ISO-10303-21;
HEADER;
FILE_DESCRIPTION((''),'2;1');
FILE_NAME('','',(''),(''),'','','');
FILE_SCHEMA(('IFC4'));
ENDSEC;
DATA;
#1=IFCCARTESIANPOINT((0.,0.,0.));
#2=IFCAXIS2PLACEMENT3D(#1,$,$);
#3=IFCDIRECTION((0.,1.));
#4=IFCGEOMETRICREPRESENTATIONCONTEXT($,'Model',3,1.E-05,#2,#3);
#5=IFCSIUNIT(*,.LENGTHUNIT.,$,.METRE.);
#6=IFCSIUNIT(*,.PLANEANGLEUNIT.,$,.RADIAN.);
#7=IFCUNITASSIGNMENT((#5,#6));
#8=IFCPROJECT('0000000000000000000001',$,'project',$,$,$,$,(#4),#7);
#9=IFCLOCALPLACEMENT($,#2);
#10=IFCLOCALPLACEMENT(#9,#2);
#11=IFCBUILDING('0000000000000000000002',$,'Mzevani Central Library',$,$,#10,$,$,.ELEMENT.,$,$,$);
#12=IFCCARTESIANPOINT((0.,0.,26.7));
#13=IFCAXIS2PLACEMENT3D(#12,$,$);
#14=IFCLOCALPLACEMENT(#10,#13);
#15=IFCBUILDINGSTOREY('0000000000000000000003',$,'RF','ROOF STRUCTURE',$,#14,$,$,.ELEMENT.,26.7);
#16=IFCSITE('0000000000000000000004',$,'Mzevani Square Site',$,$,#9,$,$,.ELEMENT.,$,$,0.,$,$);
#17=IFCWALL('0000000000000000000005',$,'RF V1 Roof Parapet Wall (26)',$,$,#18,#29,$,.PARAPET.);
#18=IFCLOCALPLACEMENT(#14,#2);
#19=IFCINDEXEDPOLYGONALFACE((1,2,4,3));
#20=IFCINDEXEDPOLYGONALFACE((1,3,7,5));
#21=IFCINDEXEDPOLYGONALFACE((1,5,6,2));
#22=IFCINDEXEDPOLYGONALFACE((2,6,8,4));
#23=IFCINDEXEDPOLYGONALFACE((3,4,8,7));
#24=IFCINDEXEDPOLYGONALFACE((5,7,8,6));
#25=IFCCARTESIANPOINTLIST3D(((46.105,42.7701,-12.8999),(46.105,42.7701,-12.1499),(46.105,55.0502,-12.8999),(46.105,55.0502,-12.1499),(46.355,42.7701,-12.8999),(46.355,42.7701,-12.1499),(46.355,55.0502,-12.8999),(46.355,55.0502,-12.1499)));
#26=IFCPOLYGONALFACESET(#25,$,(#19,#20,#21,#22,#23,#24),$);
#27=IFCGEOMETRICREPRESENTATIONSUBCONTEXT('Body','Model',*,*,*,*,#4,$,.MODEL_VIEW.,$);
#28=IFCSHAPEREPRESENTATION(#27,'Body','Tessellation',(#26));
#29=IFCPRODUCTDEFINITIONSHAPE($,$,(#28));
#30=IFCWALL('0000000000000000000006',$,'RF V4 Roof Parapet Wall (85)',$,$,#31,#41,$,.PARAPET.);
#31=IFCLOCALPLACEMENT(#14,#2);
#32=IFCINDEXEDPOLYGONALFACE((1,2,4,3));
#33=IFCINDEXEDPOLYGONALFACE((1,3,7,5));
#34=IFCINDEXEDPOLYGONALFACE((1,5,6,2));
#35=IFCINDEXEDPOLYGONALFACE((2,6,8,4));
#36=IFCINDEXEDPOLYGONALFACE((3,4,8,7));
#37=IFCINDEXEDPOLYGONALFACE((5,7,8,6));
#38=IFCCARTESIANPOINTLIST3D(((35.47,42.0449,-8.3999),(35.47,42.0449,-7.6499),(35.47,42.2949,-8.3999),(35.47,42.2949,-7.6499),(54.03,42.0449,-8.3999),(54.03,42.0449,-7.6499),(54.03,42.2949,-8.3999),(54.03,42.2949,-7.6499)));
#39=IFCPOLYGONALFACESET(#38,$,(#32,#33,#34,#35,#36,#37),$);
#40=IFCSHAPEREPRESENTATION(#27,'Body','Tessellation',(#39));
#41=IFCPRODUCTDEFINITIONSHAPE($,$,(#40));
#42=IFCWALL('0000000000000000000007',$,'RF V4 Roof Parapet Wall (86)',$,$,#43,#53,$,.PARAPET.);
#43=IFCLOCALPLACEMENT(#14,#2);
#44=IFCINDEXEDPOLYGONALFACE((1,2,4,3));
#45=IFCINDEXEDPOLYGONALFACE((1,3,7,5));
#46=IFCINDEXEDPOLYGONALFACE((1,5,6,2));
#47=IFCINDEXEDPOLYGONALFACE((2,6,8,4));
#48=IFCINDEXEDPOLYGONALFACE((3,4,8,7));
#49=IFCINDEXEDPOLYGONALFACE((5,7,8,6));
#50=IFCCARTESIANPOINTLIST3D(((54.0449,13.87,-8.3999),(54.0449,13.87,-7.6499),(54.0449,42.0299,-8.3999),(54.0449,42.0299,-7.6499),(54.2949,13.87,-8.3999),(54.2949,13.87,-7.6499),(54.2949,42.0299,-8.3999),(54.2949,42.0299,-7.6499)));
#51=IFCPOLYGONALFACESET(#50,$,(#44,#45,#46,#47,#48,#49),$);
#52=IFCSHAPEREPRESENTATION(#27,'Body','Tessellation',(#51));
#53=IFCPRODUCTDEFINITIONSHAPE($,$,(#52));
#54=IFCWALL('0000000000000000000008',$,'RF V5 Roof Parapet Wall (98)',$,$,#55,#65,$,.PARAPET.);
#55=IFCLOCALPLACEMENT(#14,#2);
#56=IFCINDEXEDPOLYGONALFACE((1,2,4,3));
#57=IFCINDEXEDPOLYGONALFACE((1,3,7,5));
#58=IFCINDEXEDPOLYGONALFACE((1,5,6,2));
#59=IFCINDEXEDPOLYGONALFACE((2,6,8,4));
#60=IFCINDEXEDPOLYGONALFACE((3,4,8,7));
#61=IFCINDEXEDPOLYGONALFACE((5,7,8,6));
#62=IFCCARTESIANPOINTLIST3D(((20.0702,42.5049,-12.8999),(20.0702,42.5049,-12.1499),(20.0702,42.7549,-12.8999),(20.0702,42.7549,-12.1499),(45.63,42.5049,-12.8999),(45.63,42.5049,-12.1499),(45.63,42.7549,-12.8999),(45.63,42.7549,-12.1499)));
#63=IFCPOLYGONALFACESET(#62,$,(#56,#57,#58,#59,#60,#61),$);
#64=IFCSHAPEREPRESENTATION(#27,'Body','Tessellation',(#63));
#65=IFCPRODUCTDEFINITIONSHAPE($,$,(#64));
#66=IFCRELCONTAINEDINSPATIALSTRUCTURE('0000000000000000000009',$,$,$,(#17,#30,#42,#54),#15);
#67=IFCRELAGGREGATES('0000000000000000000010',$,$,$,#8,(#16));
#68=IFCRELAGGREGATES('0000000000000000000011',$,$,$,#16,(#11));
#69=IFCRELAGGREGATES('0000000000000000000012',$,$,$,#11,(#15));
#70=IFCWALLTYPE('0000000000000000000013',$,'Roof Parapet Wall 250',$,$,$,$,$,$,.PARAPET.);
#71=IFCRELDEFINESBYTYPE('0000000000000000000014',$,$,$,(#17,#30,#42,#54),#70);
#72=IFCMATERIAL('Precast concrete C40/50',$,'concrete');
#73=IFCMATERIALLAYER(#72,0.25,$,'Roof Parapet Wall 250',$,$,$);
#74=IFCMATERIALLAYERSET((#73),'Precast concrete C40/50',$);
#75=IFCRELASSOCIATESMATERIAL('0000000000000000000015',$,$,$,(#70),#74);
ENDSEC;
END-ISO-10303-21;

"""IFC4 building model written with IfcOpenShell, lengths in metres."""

from ifc_helpers import new_model, si_unit, direction, frame, frame_2d, origin, place, context, subcontext, project, spatial, rectangle, extrude, material, layer, layer_set, type_object, element, save


model = new_model("IFC4")

# Units and contexts
model_context = context("Model", 3, precision=1e-05, world=origin(), true_north=direction((0.0, 1.0)))
body_context = subcontext(model_context, "Body", "Model", "MODEL_VIEW")
ifc_project = project(units=[si_unit("LENGTHUNIT", "METRE"), si_unit("PLANEANGLEUNIT", "RADIAN")], contexts=[model_context])

# Site, building, storey
site_placement = place(None, origin())
site = spatial("IfcSite", under=ifc_project, at=site_placement, Name="Mzevani Square Site", CompositionType="ELEMENT", RefElevation=0.0)
building_placement = place(site_placement, origin())
building = spatial("IfcBuilding", under=site, at=building_placement, Name="Mzevani Central Library", CompositionType="ELEMENT")
storey_placement = place(building_placement, frame((0.0, 0.0, 26.7)))
storey = spatial("IfcBuildingStorey", under=building, at=storey_placement, Name="RF", Description="ROOF STRUCTURE", CompositionType="ELEMENT", Elevation=26.7)

# Walls
ifc_material_1 = material(Name="Precast concrete C40/50", Category="concrete")
ifc_layer_1 = layer(ifc_material_1, 0.25, Name="Roof Parapet Wall 250")
ifc_layer_set_1 = layer_set([ifc_layer_1], Name="Precast concrete C40/50")
wall_type_1 = type_object("IfcWallType", Name="Roof Parapet Wall 250", PredefinedType="PARAPET", material=ifc_layer_set_1)
wall_1_placement = place(storey_placement, frame((46.23, 42.77, -12.8999), z_axis=(0.0, 0.0, 1.0), x_axis=(0.0, 1.0, 0.0)))
element("IfcWall", 1, at=wall_1_placement, inside=storey, type_object=wall_type_1, Name="RF V1 Roof Parapet Wall (26)", PredefinedType="PARAPET", context=body_context, shape_type="SweptSolid", body=[
    extrude(rectangle(XDim=12.28, YDim=0.25, at=frame_2d((6.1401, 0.0))), origin(), (0.0, 0.0, 1.0), 0.75),
])
wall_2_placement = place(storey_placement, frame((35.47, 42.1699, -8.3999), z_axis=(0.0, 0.0, 1.0), x_axis=(1.0, 0.0, 0.0)))
element("IfcWall", 2, at=wall_2_placement, inside=storey, type_object=wall_type_1, Name="RF V4 Roof Parapet Wall (85)", PredefinedType="PARAPET", context=body_context, shape_type="SweptSolid", body=[
    extrude(rectangle(XDim=18.5601, YDim=0.25, at=frame_2d((9.28, 0.0))), origin(), (0.0, 0.0, 1.0), 0.75),
])
wall_3_placement = place(storey_placement, frame((54.1699, 42.03, -8.3999), z_axis=(0.0, 0.0, 1.0), x_axis=(0.0, -1.0, 0.0)))
element("IfcWall", 3, at=wall_3_placement, inside=storey, type_object=wall_type_1, Name="RF V4 Roof Parapet Wall (86)", PredefinedType="PARAPET", context=body_context, shape_type="SweptSolid", body=[
    extrude(rectangle(XDim=28.1599, YDim=0.25, at=frame_2d((14.0801, 0.0))), origin(), (0.0, 0.0, 1.0), 0.75),
])
wall_4_placement = place(storey_placement, frame((45.6299, 42.6299, -12.8999), z_axis=(0.0, 0.0, 1.0), x_axis=(-1.0, 0.0, 0.0)))
element("IfcWall", 4, at=wall_4_placement, inside=storey, type_object=wall_type_1, Name="RF V5 Roof Parapet Wall (98)", PredefinedType="PARAPET", context=body_context, shape_type="SweptSolid", body=[
    extrude(rectangle(XDim=25.5598, YDim=0.25, at=frame_2d((12.7798, 0.0))), origin(), (0.0, 0.0, 1.0), 0.75),
])

save(model, "model.ifc")
